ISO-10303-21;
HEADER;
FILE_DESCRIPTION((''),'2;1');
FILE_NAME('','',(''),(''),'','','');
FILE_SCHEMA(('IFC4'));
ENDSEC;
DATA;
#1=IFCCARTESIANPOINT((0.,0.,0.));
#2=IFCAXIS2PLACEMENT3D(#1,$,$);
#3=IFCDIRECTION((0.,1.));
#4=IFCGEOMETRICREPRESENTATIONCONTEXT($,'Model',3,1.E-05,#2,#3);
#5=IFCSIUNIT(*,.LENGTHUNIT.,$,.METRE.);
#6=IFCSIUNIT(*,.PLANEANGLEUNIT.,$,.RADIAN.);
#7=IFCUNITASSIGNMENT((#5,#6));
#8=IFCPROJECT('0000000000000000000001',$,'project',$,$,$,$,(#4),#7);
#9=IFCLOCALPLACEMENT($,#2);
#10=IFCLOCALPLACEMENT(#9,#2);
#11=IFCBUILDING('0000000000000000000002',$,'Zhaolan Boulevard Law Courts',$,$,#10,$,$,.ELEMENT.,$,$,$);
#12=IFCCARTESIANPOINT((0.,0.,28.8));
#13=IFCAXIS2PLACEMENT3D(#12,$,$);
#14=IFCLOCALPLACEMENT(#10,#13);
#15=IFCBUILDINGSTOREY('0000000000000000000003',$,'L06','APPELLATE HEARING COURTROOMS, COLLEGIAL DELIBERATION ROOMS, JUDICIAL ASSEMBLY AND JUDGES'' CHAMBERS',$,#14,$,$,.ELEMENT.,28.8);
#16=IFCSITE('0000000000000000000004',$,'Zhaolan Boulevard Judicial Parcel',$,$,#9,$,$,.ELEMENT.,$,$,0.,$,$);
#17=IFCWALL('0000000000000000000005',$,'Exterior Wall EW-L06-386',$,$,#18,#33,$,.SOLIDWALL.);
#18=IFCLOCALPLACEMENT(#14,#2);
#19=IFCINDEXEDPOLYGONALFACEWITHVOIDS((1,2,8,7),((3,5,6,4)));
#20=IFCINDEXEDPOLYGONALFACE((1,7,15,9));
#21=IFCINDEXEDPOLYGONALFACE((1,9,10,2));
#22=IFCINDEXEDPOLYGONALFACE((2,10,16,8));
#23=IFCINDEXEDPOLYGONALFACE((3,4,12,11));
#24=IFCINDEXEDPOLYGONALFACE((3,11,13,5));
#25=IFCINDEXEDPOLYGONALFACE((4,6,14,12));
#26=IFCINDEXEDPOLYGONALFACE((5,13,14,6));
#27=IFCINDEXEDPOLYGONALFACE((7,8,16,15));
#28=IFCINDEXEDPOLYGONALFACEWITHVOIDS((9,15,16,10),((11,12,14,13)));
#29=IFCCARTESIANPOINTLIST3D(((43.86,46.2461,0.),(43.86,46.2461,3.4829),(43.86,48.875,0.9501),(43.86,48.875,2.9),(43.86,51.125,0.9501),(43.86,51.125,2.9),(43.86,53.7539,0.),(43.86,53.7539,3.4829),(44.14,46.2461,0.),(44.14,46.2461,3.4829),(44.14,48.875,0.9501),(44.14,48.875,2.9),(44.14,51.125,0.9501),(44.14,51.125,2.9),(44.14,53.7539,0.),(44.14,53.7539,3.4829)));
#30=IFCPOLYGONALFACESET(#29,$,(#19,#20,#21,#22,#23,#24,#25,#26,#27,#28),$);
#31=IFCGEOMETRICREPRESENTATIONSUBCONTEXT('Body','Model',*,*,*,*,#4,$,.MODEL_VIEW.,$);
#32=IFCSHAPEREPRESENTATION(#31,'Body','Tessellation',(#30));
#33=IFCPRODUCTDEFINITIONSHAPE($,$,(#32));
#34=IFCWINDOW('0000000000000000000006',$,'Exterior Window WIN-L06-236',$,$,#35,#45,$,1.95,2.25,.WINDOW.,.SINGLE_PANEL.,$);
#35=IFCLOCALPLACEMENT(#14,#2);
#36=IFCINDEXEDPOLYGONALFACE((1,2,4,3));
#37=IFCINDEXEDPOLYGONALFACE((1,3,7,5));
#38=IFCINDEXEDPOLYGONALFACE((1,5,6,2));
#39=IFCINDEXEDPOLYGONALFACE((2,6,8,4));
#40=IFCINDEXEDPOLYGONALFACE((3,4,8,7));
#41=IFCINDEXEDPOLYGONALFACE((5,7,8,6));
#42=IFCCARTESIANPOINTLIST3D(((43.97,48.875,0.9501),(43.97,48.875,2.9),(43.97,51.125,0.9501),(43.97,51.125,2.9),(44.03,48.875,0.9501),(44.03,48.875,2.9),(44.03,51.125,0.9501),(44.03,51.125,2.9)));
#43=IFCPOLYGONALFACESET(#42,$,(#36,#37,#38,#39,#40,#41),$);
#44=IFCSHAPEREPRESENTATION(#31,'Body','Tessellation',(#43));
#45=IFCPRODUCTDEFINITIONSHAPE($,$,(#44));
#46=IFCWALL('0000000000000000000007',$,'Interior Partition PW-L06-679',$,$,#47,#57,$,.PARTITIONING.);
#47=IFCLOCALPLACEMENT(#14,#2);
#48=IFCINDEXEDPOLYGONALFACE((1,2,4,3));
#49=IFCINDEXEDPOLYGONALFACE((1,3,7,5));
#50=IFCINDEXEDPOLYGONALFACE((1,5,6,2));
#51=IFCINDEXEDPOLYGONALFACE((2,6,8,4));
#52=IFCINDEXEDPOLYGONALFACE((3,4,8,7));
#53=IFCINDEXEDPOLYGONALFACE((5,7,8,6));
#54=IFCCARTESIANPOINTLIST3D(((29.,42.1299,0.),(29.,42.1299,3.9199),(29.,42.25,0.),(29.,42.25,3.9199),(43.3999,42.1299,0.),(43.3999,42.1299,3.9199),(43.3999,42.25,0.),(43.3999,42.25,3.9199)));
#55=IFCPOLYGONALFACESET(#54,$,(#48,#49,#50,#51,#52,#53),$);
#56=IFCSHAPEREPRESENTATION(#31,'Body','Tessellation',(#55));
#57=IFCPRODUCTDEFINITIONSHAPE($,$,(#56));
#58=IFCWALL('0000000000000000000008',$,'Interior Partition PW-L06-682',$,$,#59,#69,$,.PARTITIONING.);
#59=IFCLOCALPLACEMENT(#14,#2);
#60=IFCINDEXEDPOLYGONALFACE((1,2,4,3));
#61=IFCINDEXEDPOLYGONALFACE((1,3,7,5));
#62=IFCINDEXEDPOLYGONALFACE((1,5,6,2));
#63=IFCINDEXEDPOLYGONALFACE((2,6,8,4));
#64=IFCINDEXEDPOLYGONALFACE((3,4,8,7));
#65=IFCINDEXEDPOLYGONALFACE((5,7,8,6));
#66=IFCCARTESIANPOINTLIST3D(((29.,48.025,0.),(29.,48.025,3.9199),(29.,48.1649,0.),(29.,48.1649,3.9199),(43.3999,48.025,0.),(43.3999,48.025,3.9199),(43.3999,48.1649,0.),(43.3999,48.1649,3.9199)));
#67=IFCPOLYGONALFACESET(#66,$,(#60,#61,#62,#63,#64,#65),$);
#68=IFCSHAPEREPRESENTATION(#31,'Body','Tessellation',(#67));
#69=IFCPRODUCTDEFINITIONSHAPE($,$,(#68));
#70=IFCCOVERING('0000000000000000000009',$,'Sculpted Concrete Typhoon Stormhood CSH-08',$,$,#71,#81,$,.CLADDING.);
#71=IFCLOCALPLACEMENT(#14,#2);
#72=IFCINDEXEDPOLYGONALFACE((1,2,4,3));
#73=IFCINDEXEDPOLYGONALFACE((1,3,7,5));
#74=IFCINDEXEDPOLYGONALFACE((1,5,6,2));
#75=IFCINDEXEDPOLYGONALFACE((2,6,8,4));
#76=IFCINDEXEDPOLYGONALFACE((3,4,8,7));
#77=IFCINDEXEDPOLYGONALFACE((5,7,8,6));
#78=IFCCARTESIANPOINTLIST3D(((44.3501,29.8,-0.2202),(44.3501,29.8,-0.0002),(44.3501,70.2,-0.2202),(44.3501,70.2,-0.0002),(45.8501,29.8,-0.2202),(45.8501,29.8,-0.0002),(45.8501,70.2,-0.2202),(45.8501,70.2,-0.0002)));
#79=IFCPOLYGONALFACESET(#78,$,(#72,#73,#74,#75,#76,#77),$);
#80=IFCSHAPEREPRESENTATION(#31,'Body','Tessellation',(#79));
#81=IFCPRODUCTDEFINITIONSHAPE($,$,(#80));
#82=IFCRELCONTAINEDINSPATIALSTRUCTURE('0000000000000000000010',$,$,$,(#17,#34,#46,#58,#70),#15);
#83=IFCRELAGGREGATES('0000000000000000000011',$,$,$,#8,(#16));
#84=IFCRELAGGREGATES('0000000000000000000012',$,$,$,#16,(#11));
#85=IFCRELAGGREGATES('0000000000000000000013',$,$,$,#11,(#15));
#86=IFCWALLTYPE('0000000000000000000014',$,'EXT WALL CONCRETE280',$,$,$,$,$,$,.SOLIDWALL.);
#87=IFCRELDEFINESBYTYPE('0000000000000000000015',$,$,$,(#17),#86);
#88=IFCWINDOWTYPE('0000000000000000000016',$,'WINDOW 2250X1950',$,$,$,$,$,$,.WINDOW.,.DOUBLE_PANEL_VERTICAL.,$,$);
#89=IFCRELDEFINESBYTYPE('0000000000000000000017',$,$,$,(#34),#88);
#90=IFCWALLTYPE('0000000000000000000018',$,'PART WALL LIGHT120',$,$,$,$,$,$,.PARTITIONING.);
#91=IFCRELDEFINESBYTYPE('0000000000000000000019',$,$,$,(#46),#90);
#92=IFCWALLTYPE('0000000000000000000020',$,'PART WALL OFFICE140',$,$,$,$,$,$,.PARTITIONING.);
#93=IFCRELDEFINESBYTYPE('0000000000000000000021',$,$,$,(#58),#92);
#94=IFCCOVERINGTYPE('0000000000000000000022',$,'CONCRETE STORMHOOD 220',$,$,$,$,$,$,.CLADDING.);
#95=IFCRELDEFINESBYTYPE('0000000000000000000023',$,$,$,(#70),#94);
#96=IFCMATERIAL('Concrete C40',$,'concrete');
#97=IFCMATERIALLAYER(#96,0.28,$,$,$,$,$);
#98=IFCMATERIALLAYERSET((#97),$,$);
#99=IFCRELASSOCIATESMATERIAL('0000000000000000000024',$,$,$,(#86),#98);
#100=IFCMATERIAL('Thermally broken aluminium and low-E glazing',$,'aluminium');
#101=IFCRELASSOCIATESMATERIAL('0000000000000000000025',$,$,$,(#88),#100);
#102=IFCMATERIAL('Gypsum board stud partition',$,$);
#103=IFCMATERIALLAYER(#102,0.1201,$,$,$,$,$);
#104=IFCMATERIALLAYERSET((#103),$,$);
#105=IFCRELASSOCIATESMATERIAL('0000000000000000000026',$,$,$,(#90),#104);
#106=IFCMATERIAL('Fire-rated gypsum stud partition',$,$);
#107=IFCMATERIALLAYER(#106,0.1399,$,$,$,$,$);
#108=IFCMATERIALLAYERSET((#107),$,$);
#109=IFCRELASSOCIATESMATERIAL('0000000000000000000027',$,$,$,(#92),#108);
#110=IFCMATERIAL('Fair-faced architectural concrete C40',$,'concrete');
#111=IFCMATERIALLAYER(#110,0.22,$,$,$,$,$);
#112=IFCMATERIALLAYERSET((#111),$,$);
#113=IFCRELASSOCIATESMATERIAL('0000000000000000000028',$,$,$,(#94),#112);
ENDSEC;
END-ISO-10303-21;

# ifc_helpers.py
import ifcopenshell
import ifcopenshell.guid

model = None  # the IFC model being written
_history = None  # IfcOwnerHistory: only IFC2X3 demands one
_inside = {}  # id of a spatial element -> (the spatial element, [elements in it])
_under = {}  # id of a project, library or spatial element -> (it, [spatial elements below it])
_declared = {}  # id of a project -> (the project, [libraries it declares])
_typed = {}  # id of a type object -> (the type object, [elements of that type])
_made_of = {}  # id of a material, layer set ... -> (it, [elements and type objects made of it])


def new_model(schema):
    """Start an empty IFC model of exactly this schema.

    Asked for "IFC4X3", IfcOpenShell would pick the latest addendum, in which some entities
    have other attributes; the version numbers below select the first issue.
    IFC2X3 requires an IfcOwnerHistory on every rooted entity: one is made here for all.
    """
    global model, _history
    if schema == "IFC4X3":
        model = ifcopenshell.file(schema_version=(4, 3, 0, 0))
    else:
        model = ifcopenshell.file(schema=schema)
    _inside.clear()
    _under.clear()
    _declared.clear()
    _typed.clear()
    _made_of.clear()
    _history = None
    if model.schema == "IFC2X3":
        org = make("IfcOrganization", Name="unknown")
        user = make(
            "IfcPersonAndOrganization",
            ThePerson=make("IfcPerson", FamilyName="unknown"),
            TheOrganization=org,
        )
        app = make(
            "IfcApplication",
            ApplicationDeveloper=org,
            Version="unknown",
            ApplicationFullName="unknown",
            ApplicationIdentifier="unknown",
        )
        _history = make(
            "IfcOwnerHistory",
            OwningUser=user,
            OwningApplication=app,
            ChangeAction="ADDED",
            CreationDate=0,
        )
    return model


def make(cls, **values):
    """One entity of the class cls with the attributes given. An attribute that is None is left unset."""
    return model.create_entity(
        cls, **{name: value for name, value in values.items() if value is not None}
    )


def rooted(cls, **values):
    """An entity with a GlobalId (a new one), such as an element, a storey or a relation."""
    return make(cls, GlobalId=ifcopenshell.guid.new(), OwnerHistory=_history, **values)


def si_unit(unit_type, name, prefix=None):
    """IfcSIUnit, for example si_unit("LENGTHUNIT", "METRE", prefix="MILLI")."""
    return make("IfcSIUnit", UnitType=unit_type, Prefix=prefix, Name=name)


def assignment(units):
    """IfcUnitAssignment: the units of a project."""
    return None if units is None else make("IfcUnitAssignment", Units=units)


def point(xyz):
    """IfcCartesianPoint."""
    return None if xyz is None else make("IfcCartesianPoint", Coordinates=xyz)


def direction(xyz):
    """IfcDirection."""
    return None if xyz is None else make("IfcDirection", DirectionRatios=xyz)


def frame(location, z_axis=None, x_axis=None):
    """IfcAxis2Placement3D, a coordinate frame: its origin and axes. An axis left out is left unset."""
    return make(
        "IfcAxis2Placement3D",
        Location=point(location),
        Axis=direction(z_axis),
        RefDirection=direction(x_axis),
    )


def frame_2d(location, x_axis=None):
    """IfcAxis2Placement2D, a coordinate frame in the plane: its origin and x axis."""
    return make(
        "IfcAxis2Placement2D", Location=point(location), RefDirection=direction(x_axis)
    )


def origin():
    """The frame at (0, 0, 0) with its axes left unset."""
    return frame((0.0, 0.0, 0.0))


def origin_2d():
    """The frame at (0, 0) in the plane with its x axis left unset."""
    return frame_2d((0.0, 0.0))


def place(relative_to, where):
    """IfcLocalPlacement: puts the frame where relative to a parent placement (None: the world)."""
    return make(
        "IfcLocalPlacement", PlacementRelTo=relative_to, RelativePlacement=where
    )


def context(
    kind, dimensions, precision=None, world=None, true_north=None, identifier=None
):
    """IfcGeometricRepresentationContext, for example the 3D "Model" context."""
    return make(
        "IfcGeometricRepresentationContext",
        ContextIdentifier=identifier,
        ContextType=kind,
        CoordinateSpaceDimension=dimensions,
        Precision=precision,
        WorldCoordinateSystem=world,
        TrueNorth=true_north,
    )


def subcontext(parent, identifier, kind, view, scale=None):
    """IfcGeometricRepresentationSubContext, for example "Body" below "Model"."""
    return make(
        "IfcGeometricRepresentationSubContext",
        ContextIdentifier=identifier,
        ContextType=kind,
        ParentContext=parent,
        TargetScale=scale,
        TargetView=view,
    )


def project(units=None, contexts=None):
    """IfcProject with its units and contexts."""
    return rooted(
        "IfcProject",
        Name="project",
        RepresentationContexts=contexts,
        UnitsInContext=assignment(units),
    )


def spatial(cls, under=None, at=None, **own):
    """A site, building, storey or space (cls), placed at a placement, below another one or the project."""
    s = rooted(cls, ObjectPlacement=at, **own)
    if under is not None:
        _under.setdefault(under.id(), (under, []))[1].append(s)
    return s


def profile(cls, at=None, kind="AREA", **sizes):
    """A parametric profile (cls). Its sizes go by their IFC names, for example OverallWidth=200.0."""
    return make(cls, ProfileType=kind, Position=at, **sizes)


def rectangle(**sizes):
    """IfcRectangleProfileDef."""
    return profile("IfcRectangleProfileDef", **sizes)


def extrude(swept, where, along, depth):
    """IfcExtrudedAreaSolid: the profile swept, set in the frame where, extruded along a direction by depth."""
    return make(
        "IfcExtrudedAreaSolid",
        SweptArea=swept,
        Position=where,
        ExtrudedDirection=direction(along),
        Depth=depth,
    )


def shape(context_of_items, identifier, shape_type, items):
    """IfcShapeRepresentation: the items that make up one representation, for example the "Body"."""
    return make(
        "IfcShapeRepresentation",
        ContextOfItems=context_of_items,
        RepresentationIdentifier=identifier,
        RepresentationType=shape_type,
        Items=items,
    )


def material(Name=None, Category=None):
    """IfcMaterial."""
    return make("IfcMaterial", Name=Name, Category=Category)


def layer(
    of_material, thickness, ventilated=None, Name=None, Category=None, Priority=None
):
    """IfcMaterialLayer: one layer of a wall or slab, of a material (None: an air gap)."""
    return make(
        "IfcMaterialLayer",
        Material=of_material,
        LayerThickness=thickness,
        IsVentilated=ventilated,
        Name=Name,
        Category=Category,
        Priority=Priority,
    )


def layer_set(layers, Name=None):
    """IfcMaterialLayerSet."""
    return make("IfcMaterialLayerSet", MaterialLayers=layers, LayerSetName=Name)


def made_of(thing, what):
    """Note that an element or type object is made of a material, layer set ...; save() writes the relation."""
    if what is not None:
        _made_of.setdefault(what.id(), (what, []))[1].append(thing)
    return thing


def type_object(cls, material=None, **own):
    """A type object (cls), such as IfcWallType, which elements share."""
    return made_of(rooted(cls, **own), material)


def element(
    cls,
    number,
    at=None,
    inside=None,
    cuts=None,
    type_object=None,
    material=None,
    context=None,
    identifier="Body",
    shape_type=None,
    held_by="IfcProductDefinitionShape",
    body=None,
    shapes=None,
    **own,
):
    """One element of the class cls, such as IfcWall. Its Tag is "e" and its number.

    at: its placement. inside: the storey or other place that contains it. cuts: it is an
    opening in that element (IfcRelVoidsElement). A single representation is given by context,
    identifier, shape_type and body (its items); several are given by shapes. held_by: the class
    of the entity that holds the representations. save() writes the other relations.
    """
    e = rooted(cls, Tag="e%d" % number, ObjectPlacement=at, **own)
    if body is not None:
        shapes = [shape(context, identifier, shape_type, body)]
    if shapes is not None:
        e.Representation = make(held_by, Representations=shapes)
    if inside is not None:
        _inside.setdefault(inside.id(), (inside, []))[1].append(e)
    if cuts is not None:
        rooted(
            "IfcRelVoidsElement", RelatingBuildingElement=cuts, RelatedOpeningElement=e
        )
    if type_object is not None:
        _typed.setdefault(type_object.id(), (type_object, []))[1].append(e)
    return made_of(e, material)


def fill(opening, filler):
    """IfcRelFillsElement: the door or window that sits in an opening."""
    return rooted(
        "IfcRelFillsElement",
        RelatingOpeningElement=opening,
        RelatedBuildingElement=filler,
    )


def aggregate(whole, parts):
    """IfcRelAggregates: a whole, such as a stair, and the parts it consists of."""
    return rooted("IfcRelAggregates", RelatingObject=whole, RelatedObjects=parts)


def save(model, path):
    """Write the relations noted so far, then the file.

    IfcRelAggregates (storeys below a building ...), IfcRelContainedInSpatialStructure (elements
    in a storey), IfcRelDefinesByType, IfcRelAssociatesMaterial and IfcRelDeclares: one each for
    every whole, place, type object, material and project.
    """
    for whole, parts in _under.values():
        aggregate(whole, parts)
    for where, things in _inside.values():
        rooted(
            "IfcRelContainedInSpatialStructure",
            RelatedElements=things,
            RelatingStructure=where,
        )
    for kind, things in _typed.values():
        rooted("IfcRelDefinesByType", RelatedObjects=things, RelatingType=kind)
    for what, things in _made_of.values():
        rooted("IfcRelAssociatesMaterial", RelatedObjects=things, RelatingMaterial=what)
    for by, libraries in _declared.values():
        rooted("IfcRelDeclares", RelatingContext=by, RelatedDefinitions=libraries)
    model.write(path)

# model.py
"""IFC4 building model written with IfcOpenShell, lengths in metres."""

from ifc_helpers import new_model, si_unit, direction, frame, frame_2d, origin, origin_2d, place, context, subcontext, project, spatial, rectangle, extrude, material, layer, layer_set, type_object, element, fill, save


model = new_model("IFC4")

# Units and contexts
model_context = context("Model", 3, precision=1e-05, world=origin(), true_north=direction((0.0, 1.0)))
body_context = subcontext(model_context, "Body", "Model", "MODEL_VIEW")
ifc_project = project(units=[si_unit("LENGTHUNIT", "METRE"), si_unit("PLANEANGLEUNIT", "RADIAN")], contexts=[model_context])

# Site, building, storey
site_placement = place(None, origin())
site = spatial("IfcSite", under=ifc_project, at=site_placement, Name="Zhaolan Boulevard Judicial Parcel", CompositionType="ELEMENT", RefElevation=0.0)
building_placement = place(site_placement, origin())
building = spatial("IfcBuilding", under=site, at=building_placement, Name="Zhaolan Boulevard Law Courts", CompositionType="ELEMENT")
storey_placement = place(building_placement, frame((0.0, 0.0, 28.8)))
storey = spatial("IfcBuildingStorey", under=building, at=storey_placement, Name="L06", Description="APPELLATE HEARING COURTROOMS, COLLEGIAL DELIBERATION ROOMS, JUDICIAL ASSEMBLY AND JUDGES' CHAMBERS", CompositionType="ELEMENT", Elevation=28.8)

# Wall, opening, window
ifc_material_1 = material(Name="Concrete C40", Category="concrete")
ifc_layer_1 = layer(ifc_material_1, 0.28)
ifc_layer_set_1 = layer_set([ifc_layer_1])
wall_type_1 = type_object("IfcWallType", Name="EXT WALL CONCRETE280", PredefinedType="SOLIDWALL", material=ifc_layer_set_1)
wall_1_placement = place(storey_placement, frame((44.0, 46.2461, 0.0), z_axis=(0.0, 0.0, 1.0), x_axis=(0.0, 1.0, 0.0)))
wall_1 = element("IfcWall", 1, at=wall_1_placement, inside=storey, type_object=wall_type_1, Name="Exterior Wall EW-L06-386", PredefinedType="SOLIDWALL", context=body_context, shape_type="SweptSolid", body=[
    extrude(rectangle(XDim=7.5078, YDim=0.28, at=frame_2d((3.7539, 0.0))), origin(), (0.0, 0.0, 1.0), 3.4829),
])
opening_1_placement = place(wall_1_placement, frame((2.6289, 0.0, 0.95)))
opening_1 = element("IfcOpeningElement", 2, at=opening_1_placement, cuts=wall_1, PredefinedType="OPENING", context=body_context, shape_type="SweptSolid", body=[
    extrude(rectangle(XDim=2.25, YDim=1.95, at=frame_2d((1.125, 0.9751))), frame((0.0, 0.1499, 0.0), z_axis=(0.0, -1.0, 0.0), x_axis=(1.0, 0.0, 0.0)), (0.0, 0.0, 1.0), 0.3),
])
ifc_material_2 = material(Name="Thermally broken aluminium and low-E glazing", Category="aluminium")
window_type_1 = type_object("IfcWindowType", Name="WINDOW 2250X1950", PartitioningType="DOUBLE_PANEL_VERTICAL", PredefinedType="WINDOW", material=ifc_material_2)
window_1_placement = place(opening_1_placement, origin())
window_1 = element("IfcWindow", 3, at=window_1_placement, inside=storey, type_object=window_type_1, Name="Exterior Window WIN-L06-236", OverallHeight=1.95, OverallWidth=2.25, PartitioningType="SINGLE_PANEL", PredefinedType="WINDOW", context=body_context, shape_type="SweptSolid", body=[
    extrude(rectangle(XDim=2.25, YDim=1.95, at=frame_2d((1.125, 0.9751))), frame((0.0, 0.03, 0.0), z_axis=(0.0, -1.0, 0.0), x_axis=(1.0, 0.0, 0.0)), (0.0, 0.0, 1.0), 0.0601),
])
fill(opening_1, window_1)

# Walls
ifc_material_3 = material(Name="Gypsum board stud partition")
ifc_layer_2 = layer(ifc_material_3, 0.1201)
ifc_layer_set_2 = layer_set([ifc_layer_2])
wall_type_2 = type_object("IfcWallType", Name="PART WALL LIGHT120", PredefinedType="PARTITIONING", material=ifc_layer_set_2)
wall_2_placement = place(storey_placement, frame((43.3999, 42.1899, 0.0), z_axis=(0.0, 0.0, 1.0), x_axis=(-1.0, 0.0, 0.0)))
element("IfcWall", 4, at=wall_2_placement, inside=storey, type_object=wall_type_2, Name="Interior Partition PW-L06-679", PredefinedType="PARTITIONING", context=body_context, shape_type="SweptSolid", body=[
    extrude(rectangle(XDim=14.3999, YDim=0.1201, at=frame_2d((7.2, 0.0))), origin(), (0.0, 0.0, 1.0), 3.9199),
])
ifc_material_4 = material(Name="Fire-rated gypsum stud partition")
ifc_layer_3 = layer(ifc_material_4, 0.1399)
ifc_layer_set_3 = layer_set([ifc_layer_3])
wall_type_3 = type_object("IfcWallType", Name="PART WALL OFFICE140", PredefinedType="PARTITIONING", material=ifc_layer_set_3)
wall_3_placement = place(storey_placement, frame((43.3999, 48.095, 0.0), z_axis=(0.0, 0.0, 1.0), x_axis=(-1.0, 0.0, 0.0)))
element("IfcWall", 5, at=wall_3_placement, inside=storey, type_object=wall_type_3, Name="Interior Partition PW-L06-682", PredefinedType="PARTITIONING", context=body_context, shape_type="SweptSolid", body=[
    extrude(rectangle(XDim=14.3999, YDim=0.1399, at=frame_2d((7.2, 0.0))), origin(), (0.0, 0.0, 1.0), 3.9199),
])

# Covering
ifc_material_5 = material(Name="Fair-faced architectural concrete C40", Category="concrete")
ifc_layer_4 = layer(ifc_material_5, 0.22)
ifc_layer_set_4 = layer_set([ifc_layer_4])
covering_type = type_object("IfcCoveringType", Name="CONCRETE STORMHOOD 220", PredefinedType="CLADDING", material=ifc_layer_set_4)
covering_placement = place(storey_placement, frame((45.1001, 50.0, -0.2202), z_axis=(0.0, 0.0, 1.0), x_axis=(1.0, 0.0, 0.0)))
element("IfcCovering", 6, at=covering_placement, inside=storey, type_object=covering_type, Name="Sculpted Concrete Typhoon Stormhood CSH-08", PredefinedType="CLADDING", context=body_context, shape_type="SweptSolid", body=[
    extrude(rectangle(XDim=1.5, YDim=40.3999, at=origin_2d()), origin(), (0.0, 0.0, 1.0), 0.22),
])

save(model, "model.ifc")
